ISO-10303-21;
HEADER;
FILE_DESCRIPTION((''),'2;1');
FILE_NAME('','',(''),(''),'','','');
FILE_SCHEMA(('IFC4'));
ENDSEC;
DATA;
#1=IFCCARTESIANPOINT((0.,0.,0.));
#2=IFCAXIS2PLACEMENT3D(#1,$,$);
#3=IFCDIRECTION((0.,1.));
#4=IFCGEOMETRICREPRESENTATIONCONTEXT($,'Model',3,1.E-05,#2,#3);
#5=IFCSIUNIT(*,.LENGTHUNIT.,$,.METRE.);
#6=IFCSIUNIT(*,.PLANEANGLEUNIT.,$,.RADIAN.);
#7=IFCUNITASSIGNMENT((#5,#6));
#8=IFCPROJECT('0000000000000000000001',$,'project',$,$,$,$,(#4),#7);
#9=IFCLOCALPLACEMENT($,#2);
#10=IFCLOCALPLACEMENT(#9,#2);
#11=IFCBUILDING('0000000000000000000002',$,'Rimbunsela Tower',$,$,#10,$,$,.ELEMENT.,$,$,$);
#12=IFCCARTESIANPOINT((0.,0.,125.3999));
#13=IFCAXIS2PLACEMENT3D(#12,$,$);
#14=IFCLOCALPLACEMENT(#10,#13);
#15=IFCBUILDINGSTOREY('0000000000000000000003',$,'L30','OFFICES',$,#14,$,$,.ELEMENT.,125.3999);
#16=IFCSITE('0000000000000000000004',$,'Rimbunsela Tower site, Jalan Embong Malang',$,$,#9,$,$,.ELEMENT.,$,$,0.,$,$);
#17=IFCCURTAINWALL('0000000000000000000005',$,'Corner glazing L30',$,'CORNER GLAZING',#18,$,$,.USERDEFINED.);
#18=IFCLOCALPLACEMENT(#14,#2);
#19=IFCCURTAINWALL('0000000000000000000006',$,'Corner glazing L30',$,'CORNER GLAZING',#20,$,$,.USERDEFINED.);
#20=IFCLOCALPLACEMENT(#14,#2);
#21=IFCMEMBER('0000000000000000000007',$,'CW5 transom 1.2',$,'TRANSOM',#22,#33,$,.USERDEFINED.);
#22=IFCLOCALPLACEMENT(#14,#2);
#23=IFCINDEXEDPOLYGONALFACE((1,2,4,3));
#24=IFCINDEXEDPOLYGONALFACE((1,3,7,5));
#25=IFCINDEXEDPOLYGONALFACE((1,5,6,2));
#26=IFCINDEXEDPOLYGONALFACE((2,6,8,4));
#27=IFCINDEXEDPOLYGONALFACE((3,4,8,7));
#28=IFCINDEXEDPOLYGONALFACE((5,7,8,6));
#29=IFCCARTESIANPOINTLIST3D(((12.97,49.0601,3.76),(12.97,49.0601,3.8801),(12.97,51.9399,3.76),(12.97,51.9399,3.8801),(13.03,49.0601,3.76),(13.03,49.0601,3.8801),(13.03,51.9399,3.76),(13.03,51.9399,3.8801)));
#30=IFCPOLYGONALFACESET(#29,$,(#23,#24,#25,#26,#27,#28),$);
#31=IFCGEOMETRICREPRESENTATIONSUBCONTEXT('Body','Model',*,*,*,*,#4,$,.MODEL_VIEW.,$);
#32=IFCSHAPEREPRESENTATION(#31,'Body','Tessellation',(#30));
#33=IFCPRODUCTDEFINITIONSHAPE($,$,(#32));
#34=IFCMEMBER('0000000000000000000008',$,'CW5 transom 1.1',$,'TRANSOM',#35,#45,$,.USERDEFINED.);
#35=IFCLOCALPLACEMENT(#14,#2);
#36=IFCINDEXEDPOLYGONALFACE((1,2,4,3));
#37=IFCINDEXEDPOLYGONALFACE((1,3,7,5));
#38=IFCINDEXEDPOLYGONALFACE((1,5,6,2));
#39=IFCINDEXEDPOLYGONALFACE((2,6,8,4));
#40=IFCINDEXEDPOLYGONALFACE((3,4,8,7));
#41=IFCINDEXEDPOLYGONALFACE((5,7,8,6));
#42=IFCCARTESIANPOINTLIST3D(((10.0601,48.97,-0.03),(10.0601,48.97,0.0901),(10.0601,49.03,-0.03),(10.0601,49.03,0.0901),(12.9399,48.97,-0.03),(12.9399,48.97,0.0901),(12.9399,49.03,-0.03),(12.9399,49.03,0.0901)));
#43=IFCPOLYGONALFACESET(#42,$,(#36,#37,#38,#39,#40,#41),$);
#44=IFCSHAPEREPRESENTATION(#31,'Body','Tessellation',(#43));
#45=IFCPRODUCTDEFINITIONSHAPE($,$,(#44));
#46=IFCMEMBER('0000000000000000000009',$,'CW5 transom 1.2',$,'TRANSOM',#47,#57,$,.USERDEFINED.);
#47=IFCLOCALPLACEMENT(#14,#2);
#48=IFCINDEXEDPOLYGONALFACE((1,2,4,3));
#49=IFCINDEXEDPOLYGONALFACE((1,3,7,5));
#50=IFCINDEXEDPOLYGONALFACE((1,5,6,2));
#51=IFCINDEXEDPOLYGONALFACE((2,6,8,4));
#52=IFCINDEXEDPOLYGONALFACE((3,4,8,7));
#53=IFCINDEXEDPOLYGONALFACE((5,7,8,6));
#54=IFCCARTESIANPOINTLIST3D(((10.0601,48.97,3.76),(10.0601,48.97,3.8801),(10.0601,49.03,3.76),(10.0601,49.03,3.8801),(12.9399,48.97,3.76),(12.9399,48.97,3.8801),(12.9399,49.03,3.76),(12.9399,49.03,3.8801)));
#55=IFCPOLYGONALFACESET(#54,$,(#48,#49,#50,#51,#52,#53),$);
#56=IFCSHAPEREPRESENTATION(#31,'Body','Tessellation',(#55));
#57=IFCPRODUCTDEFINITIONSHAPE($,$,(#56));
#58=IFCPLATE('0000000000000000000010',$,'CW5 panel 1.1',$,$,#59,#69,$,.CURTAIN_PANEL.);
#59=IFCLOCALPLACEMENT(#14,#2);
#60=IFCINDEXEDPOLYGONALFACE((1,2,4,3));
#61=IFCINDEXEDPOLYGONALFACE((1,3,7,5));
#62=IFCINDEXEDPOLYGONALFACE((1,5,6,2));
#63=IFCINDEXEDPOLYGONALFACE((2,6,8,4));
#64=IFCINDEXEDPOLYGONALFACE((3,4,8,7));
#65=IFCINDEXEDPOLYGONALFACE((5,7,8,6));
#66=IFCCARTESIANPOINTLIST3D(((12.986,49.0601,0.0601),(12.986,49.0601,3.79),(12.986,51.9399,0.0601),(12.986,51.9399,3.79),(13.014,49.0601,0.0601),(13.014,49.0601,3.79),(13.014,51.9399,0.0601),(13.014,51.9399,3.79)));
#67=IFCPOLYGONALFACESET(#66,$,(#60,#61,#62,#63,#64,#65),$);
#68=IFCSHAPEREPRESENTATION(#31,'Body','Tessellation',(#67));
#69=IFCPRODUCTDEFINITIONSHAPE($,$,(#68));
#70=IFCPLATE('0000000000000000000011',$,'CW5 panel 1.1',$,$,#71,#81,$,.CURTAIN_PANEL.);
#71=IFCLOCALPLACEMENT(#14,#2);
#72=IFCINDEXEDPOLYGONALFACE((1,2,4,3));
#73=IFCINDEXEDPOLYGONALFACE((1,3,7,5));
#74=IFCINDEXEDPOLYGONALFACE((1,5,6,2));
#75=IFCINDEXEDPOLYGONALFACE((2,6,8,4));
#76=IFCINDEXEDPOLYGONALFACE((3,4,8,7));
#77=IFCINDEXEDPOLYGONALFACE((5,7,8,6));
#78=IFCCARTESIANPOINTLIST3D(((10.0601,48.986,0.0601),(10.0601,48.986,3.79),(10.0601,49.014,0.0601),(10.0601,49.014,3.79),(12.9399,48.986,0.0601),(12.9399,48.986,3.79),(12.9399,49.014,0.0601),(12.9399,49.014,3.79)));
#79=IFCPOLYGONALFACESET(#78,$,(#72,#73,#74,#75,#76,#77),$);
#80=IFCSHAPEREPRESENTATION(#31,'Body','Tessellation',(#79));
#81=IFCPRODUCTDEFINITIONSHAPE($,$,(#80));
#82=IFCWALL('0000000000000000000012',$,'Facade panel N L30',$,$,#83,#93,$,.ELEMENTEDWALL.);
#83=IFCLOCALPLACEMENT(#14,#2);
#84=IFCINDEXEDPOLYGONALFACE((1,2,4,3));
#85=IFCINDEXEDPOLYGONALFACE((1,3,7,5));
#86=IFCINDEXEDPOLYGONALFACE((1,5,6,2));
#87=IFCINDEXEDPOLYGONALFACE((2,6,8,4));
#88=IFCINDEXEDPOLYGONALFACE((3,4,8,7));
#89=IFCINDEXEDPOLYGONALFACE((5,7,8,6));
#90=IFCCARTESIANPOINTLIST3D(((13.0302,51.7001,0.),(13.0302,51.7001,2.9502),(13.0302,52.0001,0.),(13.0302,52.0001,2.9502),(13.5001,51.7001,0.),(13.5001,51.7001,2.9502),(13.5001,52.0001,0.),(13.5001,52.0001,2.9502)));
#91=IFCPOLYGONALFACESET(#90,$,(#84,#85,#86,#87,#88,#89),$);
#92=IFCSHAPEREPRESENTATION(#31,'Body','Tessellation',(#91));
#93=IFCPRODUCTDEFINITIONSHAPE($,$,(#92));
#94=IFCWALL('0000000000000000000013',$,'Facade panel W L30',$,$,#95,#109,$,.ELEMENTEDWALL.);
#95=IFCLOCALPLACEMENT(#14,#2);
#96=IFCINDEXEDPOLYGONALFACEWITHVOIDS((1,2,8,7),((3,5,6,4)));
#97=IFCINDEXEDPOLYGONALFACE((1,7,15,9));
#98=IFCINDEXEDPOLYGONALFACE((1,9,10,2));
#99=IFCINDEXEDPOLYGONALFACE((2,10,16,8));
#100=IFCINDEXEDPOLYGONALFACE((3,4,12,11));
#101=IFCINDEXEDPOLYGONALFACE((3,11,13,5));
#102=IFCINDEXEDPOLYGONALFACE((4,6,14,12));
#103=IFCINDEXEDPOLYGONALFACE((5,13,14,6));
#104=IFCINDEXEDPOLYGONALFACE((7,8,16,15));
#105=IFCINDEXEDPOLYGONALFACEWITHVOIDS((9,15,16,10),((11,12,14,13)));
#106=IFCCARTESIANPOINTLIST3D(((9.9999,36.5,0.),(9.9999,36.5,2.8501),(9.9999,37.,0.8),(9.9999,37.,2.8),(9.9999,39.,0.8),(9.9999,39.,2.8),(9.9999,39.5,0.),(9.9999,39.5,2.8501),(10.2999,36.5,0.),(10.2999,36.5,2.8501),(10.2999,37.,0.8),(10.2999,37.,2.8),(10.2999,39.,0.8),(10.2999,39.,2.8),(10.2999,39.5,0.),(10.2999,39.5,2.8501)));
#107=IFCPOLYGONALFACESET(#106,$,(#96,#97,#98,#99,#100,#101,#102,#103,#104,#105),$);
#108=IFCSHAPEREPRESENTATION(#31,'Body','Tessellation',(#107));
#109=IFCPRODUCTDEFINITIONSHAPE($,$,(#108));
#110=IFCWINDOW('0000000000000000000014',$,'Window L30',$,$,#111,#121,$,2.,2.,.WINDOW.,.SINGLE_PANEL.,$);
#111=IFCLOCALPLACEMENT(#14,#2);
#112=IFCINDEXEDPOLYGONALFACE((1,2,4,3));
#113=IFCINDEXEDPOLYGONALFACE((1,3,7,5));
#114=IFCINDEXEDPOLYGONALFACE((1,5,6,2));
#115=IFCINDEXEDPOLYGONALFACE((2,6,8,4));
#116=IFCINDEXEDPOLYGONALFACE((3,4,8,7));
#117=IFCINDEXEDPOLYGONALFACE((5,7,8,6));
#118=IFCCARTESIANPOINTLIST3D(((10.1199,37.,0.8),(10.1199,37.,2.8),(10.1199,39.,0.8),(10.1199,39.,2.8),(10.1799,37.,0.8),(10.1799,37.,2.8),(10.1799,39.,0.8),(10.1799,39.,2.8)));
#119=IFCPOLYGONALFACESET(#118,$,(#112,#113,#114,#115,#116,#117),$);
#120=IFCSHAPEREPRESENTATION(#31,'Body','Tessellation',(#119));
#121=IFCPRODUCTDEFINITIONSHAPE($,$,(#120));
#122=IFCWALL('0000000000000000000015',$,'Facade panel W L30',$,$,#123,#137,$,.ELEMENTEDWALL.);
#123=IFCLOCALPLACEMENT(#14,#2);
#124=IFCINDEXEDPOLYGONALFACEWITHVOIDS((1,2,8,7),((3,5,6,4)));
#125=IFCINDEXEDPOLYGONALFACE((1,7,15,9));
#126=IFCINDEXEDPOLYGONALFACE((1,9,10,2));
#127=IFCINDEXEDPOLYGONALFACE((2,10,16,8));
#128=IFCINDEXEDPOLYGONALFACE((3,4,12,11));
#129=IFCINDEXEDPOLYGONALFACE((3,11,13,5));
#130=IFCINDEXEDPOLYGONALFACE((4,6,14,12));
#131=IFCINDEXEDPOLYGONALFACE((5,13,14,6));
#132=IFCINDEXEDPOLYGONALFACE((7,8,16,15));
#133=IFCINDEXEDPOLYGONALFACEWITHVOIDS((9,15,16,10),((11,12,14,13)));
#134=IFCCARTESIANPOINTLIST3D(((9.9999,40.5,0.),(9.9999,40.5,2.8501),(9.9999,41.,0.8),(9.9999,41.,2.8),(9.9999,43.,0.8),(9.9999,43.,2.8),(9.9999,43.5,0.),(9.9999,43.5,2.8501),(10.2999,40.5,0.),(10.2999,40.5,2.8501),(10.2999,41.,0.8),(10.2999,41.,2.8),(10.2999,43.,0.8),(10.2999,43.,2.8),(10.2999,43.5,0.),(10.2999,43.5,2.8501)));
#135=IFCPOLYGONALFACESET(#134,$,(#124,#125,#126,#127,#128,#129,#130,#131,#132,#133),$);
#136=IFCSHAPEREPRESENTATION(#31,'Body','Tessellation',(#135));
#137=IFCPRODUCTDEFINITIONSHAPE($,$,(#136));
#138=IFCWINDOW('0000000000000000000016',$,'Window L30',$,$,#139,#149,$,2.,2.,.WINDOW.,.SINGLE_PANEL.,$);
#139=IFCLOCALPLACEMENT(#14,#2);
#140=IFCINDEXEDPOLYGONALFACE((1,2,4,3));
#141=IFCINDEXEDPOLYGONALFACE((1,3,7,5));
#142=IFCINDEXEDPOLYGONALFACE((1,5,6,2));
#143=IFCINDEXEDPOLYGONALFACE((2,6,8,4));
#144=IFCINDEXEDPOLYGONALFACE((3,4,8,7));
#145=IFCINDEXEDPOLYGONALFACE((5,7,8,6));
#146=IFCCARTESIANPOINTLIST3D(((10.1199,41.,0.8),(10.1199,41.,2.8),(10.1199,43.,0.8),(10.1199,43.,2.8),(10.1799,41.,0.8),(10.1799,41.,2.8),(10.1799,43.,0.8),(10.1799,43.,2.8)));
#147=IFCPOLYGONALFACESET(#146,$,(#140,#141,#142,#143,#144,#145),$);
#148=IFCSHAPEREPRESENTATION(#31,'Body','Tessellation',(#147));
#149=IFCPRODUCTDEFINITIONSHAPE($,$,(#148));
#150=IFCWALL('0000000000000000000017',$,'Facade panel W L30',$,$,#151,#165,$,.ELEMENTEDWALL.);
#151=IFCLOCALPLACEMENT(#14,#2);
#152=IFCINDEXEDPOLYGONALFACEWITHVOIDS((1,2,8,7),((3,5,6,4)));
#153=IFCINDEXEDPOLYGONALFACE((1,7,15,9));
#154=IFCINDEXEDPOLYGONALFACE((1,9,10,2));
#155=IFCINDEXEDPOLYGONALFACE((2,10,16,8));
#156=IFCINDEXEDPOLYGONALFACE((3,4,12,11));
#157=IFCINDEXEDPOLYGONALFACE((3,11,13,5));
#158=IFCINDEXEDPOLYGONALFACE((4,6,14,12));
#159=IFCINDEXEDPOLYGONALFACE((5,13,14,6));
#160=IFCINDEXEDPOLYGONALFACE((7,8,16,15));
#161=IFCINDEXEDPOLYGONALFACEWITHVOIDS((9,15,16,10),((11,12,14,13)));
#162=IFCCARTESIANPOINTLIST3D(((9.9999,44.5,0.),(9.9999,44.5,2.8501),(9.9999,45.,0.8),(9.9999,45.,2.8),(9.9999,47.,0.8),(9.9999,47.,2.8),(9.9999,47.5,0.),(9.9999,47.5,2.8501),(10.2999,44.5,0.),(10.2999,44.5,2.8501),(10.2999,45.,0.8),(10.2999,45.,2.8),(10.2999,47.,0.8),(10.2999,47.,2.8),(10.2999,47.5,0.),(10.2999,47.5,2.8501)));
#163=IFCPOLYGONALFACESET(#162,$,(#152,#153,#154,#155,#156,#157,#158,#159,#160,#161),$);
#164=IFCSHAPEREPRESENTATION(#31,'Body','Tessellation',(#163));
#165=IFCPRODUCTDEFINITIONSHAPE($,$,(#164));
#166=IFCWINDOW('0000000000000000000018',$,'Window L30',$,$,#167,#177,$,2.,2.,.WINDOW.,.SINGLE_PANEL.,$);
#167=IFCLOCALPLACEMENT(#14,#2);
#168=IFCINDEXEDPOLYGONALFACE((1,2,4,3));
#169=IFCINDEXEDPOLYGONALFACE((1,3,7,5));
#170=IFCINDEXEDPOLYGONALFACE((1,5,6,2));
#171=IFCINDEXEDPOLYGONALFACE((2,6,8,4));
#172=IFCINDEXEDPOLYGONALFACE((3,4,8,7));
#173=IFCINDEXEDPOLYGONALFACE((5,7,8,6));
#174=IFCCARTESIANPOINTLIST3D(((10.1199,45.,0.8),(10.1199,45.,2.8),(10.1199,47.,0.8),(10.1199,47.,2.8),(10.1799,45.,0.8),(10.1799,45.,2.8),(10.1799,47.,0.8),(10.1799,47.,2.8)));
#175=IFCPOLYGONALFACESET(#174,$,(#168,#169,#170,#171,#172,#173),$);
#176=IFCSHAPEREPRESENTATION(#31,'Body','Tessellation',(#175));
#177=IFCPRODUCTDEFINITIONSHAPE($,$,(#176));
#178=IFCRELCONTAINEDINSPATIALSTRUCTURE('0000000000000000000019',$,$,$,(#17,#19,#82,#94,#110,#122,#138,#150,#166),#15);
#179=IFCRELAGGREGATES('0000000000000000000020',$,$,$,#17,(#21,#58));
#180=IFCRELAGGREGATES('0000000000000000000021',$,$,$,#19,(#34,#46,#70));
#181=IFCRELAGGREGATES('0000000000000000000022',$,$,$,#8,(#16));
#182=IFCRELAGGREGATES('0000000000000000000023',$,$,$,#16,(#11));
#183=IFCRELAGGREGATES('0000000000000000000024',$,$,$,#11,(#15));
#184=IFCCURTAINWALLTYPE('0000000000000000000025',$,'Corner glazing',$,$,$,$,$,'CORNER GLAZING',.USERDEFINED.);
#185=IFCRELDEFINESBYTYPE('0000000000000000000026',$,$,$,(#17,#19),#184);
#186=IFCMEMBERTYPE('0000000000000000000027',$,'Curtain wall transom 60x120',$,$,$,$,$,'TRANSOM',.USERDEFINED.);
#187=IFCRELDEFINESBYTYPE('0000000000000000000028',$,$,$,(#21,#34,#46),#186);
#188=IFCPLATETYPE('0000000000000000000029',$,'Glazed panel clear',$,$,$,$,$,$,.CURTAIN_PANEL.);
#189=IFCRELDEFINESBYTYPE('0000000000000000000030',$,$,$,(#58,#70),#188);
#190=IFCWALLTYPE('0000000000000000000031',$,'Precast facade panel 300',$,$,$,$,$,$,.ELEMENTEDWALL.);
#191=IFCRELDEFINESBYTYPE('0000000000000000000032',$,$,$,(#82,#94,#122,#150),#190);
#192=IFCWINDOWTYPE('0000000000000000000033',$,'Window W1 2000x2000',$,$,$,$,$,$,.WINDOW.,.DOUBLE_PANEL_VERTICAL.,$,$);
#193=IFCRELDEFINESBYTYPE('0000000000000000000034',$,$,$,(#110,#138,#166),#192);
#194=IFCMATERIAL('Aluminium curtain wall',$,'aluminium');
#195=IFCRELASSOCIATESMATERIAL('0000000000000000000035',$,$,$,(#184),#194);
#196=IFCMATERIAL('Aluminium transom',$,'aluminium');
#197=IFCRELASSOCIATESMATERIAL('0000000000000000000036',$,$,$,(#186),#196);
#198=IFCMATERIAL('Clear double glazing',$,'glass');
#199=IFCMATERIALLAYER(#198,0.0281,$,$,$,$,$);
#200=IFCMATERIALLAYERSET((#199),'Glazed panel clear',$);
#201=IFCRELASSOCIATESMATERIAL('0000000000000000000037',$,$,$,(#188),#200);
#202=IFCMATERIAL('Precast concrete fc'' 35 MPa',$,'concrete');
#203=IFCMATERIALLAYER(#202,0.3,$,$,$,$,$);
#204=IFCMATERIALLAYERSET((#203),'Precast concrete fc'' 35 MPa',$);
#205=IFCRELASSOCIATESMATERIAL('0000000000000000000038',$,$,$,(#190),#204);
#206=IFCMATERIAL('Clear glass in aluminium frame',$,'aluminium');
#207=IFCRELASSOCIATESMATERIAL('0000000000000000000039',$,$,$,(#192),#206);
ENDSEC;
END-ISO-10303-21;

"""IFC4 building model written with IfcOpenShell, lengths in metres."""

from ifc_helpers import new_model, si_unit, direction, frame, frame_2d, origin, origin_2d, place, context, subcontext, project, spatial, rectangle, extrude, material, layer, layer_set, material_profile, profile_set, type_object, element, fill, aggregate, save


model = new_model("IFC4")

# Units and contexts
model_context = context("Model", 3, precision=1e-05, world=origin(), true_north=direction((0.0, 1.0)))
body_context = subcontext(model_context, "Body", "Model", "MODEL_VIEW")
ifc_project = project(units=[si_unit("LENGTHUNIT", "METRE"), si_unit("PLANEANGLEUNIT", "RADIAN")], contexts=[model_context])

# Site, building, storey
site_placement = place(None, origin())
site = spatial("IfcSite", under=ifc_project, at=site_placement, Name="Rimbunsela Tower site, Jalan Embong Malang", CompositionType="ELEMENT", RefElevation=0.0)
building_placement = place(site_placement, origin())
building = spatial("IfcBuilding", under=site, at=building_placement, Name="Rimbunsela Tower", CompositionType="ELEMENT")
storey_placement = place(building_placement, frame((0.0, 0.0, 125.3999)))
storey = spatial("IfcBuildingStorey", under=building, at=storey_placement, Name="L30", Description="OFFICES", CompositionType="ELEMENT", Elevation=125.3999)

# Curtain walls
ifc_material_1 = material(Name="Aluminium curtain wall", Category="aluminium")
curtain_wall_type = type_object("IfcCurtainWallType", Name="Corner glazing", ElementType="CORNER GLAZING", PredefinedType="USERDEFINED", material=ifc_material_1)
curtain_wall_1_placement = place(storey_placement, origin())
curtain_wall_1 = element("IfcCurtainWall", 1, at=curtain_wall_1_placement, inside=storey, type_object=curtain_wall_type, Name="Corner glazing L30", ObjectType="CORNER GLAZING", PredefinedType="USERDEFINED")
curtain_wall_2_placement = place(storey_placement, origin())
curtain_wall_2 = element("IfcCurtainWall", 2, at=curtain_wall_2_placement, inside=storey, type_object=curtain_wall_type, Name="Corner glazing L30", ObjectType="CORNER GLAZING", PredefinedType="USERDEFINED")

# Members
ifc_material_2 = material(Name="Aluminium transom", Category="aluminium")
ifc_material_profile_1 = material_profile(ifc_material_2, rectangle(XDim=0.0601, YDim=0.1201, at=origin_2d()), Name="Transom 60x120")
ifc_profile_set_1 = profile_set([ifc_material_profile_1], Name="Aluminium transom")
member_type_1 = type_object("IfcMemberType", Name="Curtain wall transom 60x120", ElementType="TRANSOM", PredefinedType="USERDEFINED", material=ifc_profile_set_1)
member_1_placement = place(storey_placement, frame((13.0, 51.9399, 3.8201), z_axis=(0.0, -1.0, 0.0), x_axis=(1.0, 0.0, 0.0)))
member_1 = element("IfcMember", 3, at=member_1_placement, type_object=member_type_1, Name="CW5 transom 1.2", ObjectType="TRANSOM", PredefinedType="USERDEFINED", context=body_context, shape_type="SweptSolid", body=[
    extrude(rectangle(XDim=0.0601, YDim=0.1201, at=origin_2d()), origin(), (0.0, 0.0, 1.0), 2.8799),
])
member_2_placement = place(storey_placement, frame((12.9399, 49.0, 0.03), z_axis=(-1.0, 0.0, 0.0), x_axis=(0.0, -1.0, 0.0)))
member_2 = element("IfcMember", 4, at=member_2_placement, type_object=member_type_1, Name="CW5 transom 1.1", ObjectType="TRANSOM", PredefinedType="USERDEFINED", context=body_context, shape_type="SweptSolid", body=[
    extrude(rectangle(XDim=0.0601, YDim=0.1201, at=origin_2d()), origin(), (0.0, 0.0, 1.0), 2.8799),
])
member_3_placement = place(storey_placement, frame((12.9399, 49.0, 3.8201), z_axis=(-1.0, 0.0, 0.0), x_axis=(0.0, -1.0, 0.0)))
member_3 = element("IfcMember", 5, at=member_3_placement, type_object=member_type_1, Name="CW5 transom 1.2", ObjectType="TRANSOM", PredefinedType="USERDEFINED", context=body_context, shape_type="SweptSolid", body=[
    extrude(rectangle(XDim=0.0601, YDim=0.1201, at=origin_2d()), origin(), (0.0, 0.0, 1.0), 2.8799),
])

# Plates
ifc_material_3 = material(Name="Clear double glazing", Category="glass")
ifc_layer_1 = layer(ifc_material_3, 0.0281)
ifc_layer_set_1 = layer_set([ifc_layer_1], Name="Glazed panel clear")
plate_type = type_object("IfcPlateType", Name="Glazed panel clear", PredefinedType="CURTAIN_PANEL", material=ifc_layer_set_1)
plate_1_placement = place(storey_placement, frame((13.0, 50.5, 0.0601), z_axis=(0.0, 0.0, 1.0), x_axis=(0.0, -1.0, 0.0)))
plate_1 = element("IfcPlate", 6, at=plate_1_placement, type_object=plate_type, Name="CW5 panel 1.1", PredefinedType="CURTAIN_PANEL", context=body_context, shape_type="SweptSolid", body=[
    extrude(rectangle(XDim=2.8799, YDim=0.0281, at=origin_2d()), origin(), (0.0, 0.0, 1.0), 3.73),
])
aggregate(curtain_wall_1, [member_1, plate_1])
plate_2_placement = place(storey_placement, frame((11.5, 49.0, 0.0601), z_axis=(0.0, 0.0, 1.0), x_axis=(-1.0, 0.0, 0.0)))
plate_2 = element("IfcPlate", 7, at=plate_2_placement, type_object=plate_type, Name="CW5 panel 1.1", PredefinedType="CURTAIN_PANEL", context=body_context, shape_type="SweptSolid", body=[
    extrude(rectangle(XDim=2.8799, YDim=0.0281, at=origin_2d()), origin(), (0.0, 0.0, 1.0), 3.73),
])
aggregate(curtain_wall_2, [member_2, member_3, plate_2])

# Wall
ifc_material_4 = material(Name="Precast concrete fc' 35 MPa", Category="concrete")
ifc_layer_2 = layer(ifc_material_4, 0.3)
ifc_layer_set_2 = layer_set([ifc_layer_2], Name="Precast concrete fc' 35 MPa")
wall_type = type_object("IfcWallType", Name="Precast facade panel 300", PredefinedType="ELEMENTEDWALL", material=ifc_layer_set_2)
wall_1_placement = place(storey_placement, frame((13.5, 51.8501, 0.0), z_axis=(0.0, 0.0, 1.0), x_axis=(-1.0, 0.0, 0.0)))
element("IfcWall", 8, at=wall_1_placement, inside=storey, type_object=wall_type, Name="Facade panel N L30", PredefinedType="ELEMENTEDWALL", context=body_context, shape_type="SweptSolid", body=[
    extrude(rectangle(XDim=0.47, YDim=0.3, at=frame_2d((0.2349, 0.0))), origin(), (0.0, 0.0, 1.0), 2.9502),
])

# Walls, openings, windows
wall_2_placement = place(storey_placement, frame((10.1499, 39.5, 0.0), z_axis=(0.0, 0.0, 1.0), x_axis=(0.0, -1.0, 0.0)))
wall_2 = element("IfcWall", 9, at=wall_2_placement, inside=storey, type_object=wall_type, Name="Facade panel W L30", PredefinedType="ELEMENTEDWALL", context=body_context, shape_type="SweptSolid", body=[
    extrude(rectangle(XDim=3.0, YDim=0.3, at=frame_2d((1.5, 0.0))), origin(), (0.0, 0.0, 1.0), 2.8501),
])
opening_1_placement = place(wall_2_placement, frame((0.5, 0.0, 0.8)))
opening_1 = element("IfcOpeningElement", 10, at=opening_1_placement, cuts=wall_2, PredefinedType="OPENING", context=body_context, shape_type="SweptSolid", body=[
    extrude(rectangle(XDim=2.0, YDim=2.0, at=frame_2d((1.0, 1.0))), frame((0.0, 0.1599, 0.0), z_axis=(0.0, -1.0, 0.0), x_axis=(1.0, 0.0, 0.0)), (0.0, 0.0, 1.0), 0.3201),
])
ifc_material_5 = material(Name="Clear glass in aluminium frame", Category="aluminium")
window_type = type_object("IfcWindowType", Name="Window W1 2000x2000", PartitioningType="DOUBLE_PANEL_VERTICAL", PredefinedType="WINDOW", material=ifc_material_5)
window_1_placement = place(opening_1_placement, origin())
window_1 = element("IfcWindow", 11, at=window_1_placement, inside=storey, type_object=window_type, Name="Window L30", OverallHeight=2.0, OverallWidth=2.0, PartitioningType="SINGLE_PANEL", PredefinedType="WINDOW", context=body_context, shape_type="SweptSolid", body=[
    extrude(rectangle(XDim=2.0, YDim=2.0, at=frame_2d((1.0, 1.0))), frame((0.0, 0.03, 0.0), z_axis=(0.0, -1.0, 0.0), x_axis=(1.0, 0.0, 0.0)), (0.0, 0.0, 1.0), 0.0601),
])
fill(opening_1, window_1)
wall_3_placement = place(storey_placement, frame((10.1499, 43.5, 0.0), z_axis=(0.0, 0.0, 1.0), x_axis=(0.0, -1.0, 0.0)))
wall_3 = element("IfcWall", 12, at=wall_3_placement, inside=storey, type_object=wall_type, Name="Facade panel W L30", PredefinedType="ELEMENTEDWALL", context=body_context, shape_type="SweptSolid", body=[
    extrude(rectangle(XDim=3.0, YDim=0.3, at=frame_2d((1.5, 0.0))), origin(), (0.0, 0.0, 1.0), 2.8501),
])
opening_2_placement = place(wall_3_placement, frame((0.5, 0.0, 0.8)))
opening_2 = element("IfcOpeningElement", 13, at=opening_2_placement, cuts=wall_3, PredefinedType="OPENING", context=body_context, shape_type="SweptSolid", body=[
    extrude(rectangle(XDim=2.0, YDim=2.0, at=frame_2d((1.0, 1.0))), frame((0.0, 0.1599, 0.0), z_axis=(0.0, -1.0, 0.0), x_axis=(1.0, 0.0, 0.0)), (0.0, 0.0, 1.0), 0.3201),
])
window_2_placement = place(opening_2_placement, origin())
window_2 = element("IfcWindow", 14, at=window_2_placement, inside=storey, type_object=window_type, Name="Window L30", OverallHeight=2.0, OverallWidth=2.0, PartitioningType="SINGLE_PANEL", PredefinedType="WINDOW", context=body_context, shape_type="SweptSolid", body=[
    extrude(rectangle(XDim=2.0, YDim=2.0, at=frame_2d((1.0, 1.0))), frame((0.0, 0.03, 0.0), z_axis=(0.0, -1.0, 0.0), x_axis=(1.0, 0.0, 0.0)), (0.0, 0.0, 1.0), 0.0601),
])
fill(opening_2, window_2)
wall_4_placement = place(storey_placement, frame((10.1499, 47.5, 0.0), z_axis=(0.0, 0.0, 1.0), x_axis=(0.0, -1.0, 0.0)))
wall_4 = element("IfcWall", 15, at=wall_4_placement, inside=storey, type_object=wall_type, Name="Facade panel W L30", PredefinedType="ELEMENTEDWALL", context=body_context, shape_type="SweptSolid", body=[
    extrude(rectangle(XDim=3.0, YDim=0.3, at=frame_2d((1.5, 0.0))), origin(), (0.0, 0.0, 1.0), 2.8501),
])
opening_3_placement = place(wall_4_placement, frame((0.5, 0.0, 0.8)))
opening_3 = element("IfcOpeningElement", 16, at=opening_3_placement, cuts=wall_4, PredefinedType="OPENING", context=body_context, shape_type="SweptSolid", body=[
    extrude(rectangle(XDim=2.0, YDim=2.0, at=frame_2d((1.0, 1.0))), frame((0.0, 0.1599, 0.0), z_axis=(0.0, -1.0, 0.0), x_axis=(1.0, 0.0, 0.0)), (0.0, 0.0, 1.0), 0.3201),
])
window_3_placement = place(opening_3_placement, origin())
window_3 = element("IfcWindow", 17, at=window_3_placement, inside=storey, type_object=window_type, Name="Window L30", OverallHeight=2.0, OverallWidth=2.0, PartitioningType="SINGLE_PANEL", PredefinedType="WINDOW", context=body_context, shape_type="SweptSolid", body=[
    extrude(rectangle(XDim=2.0, YDim=2.0, at=frame_2d((1.0, 1.0))), frame((0.0, 0.03, 0.0), z_axis=(0.0, -1.0, 0.0), x_axis=(1.0, 0.0, 0.0)), (0.0, 0.0, 1.0), 0.0601),
])
fill(opening_3, window_3)

save(model, "model.ifc")
